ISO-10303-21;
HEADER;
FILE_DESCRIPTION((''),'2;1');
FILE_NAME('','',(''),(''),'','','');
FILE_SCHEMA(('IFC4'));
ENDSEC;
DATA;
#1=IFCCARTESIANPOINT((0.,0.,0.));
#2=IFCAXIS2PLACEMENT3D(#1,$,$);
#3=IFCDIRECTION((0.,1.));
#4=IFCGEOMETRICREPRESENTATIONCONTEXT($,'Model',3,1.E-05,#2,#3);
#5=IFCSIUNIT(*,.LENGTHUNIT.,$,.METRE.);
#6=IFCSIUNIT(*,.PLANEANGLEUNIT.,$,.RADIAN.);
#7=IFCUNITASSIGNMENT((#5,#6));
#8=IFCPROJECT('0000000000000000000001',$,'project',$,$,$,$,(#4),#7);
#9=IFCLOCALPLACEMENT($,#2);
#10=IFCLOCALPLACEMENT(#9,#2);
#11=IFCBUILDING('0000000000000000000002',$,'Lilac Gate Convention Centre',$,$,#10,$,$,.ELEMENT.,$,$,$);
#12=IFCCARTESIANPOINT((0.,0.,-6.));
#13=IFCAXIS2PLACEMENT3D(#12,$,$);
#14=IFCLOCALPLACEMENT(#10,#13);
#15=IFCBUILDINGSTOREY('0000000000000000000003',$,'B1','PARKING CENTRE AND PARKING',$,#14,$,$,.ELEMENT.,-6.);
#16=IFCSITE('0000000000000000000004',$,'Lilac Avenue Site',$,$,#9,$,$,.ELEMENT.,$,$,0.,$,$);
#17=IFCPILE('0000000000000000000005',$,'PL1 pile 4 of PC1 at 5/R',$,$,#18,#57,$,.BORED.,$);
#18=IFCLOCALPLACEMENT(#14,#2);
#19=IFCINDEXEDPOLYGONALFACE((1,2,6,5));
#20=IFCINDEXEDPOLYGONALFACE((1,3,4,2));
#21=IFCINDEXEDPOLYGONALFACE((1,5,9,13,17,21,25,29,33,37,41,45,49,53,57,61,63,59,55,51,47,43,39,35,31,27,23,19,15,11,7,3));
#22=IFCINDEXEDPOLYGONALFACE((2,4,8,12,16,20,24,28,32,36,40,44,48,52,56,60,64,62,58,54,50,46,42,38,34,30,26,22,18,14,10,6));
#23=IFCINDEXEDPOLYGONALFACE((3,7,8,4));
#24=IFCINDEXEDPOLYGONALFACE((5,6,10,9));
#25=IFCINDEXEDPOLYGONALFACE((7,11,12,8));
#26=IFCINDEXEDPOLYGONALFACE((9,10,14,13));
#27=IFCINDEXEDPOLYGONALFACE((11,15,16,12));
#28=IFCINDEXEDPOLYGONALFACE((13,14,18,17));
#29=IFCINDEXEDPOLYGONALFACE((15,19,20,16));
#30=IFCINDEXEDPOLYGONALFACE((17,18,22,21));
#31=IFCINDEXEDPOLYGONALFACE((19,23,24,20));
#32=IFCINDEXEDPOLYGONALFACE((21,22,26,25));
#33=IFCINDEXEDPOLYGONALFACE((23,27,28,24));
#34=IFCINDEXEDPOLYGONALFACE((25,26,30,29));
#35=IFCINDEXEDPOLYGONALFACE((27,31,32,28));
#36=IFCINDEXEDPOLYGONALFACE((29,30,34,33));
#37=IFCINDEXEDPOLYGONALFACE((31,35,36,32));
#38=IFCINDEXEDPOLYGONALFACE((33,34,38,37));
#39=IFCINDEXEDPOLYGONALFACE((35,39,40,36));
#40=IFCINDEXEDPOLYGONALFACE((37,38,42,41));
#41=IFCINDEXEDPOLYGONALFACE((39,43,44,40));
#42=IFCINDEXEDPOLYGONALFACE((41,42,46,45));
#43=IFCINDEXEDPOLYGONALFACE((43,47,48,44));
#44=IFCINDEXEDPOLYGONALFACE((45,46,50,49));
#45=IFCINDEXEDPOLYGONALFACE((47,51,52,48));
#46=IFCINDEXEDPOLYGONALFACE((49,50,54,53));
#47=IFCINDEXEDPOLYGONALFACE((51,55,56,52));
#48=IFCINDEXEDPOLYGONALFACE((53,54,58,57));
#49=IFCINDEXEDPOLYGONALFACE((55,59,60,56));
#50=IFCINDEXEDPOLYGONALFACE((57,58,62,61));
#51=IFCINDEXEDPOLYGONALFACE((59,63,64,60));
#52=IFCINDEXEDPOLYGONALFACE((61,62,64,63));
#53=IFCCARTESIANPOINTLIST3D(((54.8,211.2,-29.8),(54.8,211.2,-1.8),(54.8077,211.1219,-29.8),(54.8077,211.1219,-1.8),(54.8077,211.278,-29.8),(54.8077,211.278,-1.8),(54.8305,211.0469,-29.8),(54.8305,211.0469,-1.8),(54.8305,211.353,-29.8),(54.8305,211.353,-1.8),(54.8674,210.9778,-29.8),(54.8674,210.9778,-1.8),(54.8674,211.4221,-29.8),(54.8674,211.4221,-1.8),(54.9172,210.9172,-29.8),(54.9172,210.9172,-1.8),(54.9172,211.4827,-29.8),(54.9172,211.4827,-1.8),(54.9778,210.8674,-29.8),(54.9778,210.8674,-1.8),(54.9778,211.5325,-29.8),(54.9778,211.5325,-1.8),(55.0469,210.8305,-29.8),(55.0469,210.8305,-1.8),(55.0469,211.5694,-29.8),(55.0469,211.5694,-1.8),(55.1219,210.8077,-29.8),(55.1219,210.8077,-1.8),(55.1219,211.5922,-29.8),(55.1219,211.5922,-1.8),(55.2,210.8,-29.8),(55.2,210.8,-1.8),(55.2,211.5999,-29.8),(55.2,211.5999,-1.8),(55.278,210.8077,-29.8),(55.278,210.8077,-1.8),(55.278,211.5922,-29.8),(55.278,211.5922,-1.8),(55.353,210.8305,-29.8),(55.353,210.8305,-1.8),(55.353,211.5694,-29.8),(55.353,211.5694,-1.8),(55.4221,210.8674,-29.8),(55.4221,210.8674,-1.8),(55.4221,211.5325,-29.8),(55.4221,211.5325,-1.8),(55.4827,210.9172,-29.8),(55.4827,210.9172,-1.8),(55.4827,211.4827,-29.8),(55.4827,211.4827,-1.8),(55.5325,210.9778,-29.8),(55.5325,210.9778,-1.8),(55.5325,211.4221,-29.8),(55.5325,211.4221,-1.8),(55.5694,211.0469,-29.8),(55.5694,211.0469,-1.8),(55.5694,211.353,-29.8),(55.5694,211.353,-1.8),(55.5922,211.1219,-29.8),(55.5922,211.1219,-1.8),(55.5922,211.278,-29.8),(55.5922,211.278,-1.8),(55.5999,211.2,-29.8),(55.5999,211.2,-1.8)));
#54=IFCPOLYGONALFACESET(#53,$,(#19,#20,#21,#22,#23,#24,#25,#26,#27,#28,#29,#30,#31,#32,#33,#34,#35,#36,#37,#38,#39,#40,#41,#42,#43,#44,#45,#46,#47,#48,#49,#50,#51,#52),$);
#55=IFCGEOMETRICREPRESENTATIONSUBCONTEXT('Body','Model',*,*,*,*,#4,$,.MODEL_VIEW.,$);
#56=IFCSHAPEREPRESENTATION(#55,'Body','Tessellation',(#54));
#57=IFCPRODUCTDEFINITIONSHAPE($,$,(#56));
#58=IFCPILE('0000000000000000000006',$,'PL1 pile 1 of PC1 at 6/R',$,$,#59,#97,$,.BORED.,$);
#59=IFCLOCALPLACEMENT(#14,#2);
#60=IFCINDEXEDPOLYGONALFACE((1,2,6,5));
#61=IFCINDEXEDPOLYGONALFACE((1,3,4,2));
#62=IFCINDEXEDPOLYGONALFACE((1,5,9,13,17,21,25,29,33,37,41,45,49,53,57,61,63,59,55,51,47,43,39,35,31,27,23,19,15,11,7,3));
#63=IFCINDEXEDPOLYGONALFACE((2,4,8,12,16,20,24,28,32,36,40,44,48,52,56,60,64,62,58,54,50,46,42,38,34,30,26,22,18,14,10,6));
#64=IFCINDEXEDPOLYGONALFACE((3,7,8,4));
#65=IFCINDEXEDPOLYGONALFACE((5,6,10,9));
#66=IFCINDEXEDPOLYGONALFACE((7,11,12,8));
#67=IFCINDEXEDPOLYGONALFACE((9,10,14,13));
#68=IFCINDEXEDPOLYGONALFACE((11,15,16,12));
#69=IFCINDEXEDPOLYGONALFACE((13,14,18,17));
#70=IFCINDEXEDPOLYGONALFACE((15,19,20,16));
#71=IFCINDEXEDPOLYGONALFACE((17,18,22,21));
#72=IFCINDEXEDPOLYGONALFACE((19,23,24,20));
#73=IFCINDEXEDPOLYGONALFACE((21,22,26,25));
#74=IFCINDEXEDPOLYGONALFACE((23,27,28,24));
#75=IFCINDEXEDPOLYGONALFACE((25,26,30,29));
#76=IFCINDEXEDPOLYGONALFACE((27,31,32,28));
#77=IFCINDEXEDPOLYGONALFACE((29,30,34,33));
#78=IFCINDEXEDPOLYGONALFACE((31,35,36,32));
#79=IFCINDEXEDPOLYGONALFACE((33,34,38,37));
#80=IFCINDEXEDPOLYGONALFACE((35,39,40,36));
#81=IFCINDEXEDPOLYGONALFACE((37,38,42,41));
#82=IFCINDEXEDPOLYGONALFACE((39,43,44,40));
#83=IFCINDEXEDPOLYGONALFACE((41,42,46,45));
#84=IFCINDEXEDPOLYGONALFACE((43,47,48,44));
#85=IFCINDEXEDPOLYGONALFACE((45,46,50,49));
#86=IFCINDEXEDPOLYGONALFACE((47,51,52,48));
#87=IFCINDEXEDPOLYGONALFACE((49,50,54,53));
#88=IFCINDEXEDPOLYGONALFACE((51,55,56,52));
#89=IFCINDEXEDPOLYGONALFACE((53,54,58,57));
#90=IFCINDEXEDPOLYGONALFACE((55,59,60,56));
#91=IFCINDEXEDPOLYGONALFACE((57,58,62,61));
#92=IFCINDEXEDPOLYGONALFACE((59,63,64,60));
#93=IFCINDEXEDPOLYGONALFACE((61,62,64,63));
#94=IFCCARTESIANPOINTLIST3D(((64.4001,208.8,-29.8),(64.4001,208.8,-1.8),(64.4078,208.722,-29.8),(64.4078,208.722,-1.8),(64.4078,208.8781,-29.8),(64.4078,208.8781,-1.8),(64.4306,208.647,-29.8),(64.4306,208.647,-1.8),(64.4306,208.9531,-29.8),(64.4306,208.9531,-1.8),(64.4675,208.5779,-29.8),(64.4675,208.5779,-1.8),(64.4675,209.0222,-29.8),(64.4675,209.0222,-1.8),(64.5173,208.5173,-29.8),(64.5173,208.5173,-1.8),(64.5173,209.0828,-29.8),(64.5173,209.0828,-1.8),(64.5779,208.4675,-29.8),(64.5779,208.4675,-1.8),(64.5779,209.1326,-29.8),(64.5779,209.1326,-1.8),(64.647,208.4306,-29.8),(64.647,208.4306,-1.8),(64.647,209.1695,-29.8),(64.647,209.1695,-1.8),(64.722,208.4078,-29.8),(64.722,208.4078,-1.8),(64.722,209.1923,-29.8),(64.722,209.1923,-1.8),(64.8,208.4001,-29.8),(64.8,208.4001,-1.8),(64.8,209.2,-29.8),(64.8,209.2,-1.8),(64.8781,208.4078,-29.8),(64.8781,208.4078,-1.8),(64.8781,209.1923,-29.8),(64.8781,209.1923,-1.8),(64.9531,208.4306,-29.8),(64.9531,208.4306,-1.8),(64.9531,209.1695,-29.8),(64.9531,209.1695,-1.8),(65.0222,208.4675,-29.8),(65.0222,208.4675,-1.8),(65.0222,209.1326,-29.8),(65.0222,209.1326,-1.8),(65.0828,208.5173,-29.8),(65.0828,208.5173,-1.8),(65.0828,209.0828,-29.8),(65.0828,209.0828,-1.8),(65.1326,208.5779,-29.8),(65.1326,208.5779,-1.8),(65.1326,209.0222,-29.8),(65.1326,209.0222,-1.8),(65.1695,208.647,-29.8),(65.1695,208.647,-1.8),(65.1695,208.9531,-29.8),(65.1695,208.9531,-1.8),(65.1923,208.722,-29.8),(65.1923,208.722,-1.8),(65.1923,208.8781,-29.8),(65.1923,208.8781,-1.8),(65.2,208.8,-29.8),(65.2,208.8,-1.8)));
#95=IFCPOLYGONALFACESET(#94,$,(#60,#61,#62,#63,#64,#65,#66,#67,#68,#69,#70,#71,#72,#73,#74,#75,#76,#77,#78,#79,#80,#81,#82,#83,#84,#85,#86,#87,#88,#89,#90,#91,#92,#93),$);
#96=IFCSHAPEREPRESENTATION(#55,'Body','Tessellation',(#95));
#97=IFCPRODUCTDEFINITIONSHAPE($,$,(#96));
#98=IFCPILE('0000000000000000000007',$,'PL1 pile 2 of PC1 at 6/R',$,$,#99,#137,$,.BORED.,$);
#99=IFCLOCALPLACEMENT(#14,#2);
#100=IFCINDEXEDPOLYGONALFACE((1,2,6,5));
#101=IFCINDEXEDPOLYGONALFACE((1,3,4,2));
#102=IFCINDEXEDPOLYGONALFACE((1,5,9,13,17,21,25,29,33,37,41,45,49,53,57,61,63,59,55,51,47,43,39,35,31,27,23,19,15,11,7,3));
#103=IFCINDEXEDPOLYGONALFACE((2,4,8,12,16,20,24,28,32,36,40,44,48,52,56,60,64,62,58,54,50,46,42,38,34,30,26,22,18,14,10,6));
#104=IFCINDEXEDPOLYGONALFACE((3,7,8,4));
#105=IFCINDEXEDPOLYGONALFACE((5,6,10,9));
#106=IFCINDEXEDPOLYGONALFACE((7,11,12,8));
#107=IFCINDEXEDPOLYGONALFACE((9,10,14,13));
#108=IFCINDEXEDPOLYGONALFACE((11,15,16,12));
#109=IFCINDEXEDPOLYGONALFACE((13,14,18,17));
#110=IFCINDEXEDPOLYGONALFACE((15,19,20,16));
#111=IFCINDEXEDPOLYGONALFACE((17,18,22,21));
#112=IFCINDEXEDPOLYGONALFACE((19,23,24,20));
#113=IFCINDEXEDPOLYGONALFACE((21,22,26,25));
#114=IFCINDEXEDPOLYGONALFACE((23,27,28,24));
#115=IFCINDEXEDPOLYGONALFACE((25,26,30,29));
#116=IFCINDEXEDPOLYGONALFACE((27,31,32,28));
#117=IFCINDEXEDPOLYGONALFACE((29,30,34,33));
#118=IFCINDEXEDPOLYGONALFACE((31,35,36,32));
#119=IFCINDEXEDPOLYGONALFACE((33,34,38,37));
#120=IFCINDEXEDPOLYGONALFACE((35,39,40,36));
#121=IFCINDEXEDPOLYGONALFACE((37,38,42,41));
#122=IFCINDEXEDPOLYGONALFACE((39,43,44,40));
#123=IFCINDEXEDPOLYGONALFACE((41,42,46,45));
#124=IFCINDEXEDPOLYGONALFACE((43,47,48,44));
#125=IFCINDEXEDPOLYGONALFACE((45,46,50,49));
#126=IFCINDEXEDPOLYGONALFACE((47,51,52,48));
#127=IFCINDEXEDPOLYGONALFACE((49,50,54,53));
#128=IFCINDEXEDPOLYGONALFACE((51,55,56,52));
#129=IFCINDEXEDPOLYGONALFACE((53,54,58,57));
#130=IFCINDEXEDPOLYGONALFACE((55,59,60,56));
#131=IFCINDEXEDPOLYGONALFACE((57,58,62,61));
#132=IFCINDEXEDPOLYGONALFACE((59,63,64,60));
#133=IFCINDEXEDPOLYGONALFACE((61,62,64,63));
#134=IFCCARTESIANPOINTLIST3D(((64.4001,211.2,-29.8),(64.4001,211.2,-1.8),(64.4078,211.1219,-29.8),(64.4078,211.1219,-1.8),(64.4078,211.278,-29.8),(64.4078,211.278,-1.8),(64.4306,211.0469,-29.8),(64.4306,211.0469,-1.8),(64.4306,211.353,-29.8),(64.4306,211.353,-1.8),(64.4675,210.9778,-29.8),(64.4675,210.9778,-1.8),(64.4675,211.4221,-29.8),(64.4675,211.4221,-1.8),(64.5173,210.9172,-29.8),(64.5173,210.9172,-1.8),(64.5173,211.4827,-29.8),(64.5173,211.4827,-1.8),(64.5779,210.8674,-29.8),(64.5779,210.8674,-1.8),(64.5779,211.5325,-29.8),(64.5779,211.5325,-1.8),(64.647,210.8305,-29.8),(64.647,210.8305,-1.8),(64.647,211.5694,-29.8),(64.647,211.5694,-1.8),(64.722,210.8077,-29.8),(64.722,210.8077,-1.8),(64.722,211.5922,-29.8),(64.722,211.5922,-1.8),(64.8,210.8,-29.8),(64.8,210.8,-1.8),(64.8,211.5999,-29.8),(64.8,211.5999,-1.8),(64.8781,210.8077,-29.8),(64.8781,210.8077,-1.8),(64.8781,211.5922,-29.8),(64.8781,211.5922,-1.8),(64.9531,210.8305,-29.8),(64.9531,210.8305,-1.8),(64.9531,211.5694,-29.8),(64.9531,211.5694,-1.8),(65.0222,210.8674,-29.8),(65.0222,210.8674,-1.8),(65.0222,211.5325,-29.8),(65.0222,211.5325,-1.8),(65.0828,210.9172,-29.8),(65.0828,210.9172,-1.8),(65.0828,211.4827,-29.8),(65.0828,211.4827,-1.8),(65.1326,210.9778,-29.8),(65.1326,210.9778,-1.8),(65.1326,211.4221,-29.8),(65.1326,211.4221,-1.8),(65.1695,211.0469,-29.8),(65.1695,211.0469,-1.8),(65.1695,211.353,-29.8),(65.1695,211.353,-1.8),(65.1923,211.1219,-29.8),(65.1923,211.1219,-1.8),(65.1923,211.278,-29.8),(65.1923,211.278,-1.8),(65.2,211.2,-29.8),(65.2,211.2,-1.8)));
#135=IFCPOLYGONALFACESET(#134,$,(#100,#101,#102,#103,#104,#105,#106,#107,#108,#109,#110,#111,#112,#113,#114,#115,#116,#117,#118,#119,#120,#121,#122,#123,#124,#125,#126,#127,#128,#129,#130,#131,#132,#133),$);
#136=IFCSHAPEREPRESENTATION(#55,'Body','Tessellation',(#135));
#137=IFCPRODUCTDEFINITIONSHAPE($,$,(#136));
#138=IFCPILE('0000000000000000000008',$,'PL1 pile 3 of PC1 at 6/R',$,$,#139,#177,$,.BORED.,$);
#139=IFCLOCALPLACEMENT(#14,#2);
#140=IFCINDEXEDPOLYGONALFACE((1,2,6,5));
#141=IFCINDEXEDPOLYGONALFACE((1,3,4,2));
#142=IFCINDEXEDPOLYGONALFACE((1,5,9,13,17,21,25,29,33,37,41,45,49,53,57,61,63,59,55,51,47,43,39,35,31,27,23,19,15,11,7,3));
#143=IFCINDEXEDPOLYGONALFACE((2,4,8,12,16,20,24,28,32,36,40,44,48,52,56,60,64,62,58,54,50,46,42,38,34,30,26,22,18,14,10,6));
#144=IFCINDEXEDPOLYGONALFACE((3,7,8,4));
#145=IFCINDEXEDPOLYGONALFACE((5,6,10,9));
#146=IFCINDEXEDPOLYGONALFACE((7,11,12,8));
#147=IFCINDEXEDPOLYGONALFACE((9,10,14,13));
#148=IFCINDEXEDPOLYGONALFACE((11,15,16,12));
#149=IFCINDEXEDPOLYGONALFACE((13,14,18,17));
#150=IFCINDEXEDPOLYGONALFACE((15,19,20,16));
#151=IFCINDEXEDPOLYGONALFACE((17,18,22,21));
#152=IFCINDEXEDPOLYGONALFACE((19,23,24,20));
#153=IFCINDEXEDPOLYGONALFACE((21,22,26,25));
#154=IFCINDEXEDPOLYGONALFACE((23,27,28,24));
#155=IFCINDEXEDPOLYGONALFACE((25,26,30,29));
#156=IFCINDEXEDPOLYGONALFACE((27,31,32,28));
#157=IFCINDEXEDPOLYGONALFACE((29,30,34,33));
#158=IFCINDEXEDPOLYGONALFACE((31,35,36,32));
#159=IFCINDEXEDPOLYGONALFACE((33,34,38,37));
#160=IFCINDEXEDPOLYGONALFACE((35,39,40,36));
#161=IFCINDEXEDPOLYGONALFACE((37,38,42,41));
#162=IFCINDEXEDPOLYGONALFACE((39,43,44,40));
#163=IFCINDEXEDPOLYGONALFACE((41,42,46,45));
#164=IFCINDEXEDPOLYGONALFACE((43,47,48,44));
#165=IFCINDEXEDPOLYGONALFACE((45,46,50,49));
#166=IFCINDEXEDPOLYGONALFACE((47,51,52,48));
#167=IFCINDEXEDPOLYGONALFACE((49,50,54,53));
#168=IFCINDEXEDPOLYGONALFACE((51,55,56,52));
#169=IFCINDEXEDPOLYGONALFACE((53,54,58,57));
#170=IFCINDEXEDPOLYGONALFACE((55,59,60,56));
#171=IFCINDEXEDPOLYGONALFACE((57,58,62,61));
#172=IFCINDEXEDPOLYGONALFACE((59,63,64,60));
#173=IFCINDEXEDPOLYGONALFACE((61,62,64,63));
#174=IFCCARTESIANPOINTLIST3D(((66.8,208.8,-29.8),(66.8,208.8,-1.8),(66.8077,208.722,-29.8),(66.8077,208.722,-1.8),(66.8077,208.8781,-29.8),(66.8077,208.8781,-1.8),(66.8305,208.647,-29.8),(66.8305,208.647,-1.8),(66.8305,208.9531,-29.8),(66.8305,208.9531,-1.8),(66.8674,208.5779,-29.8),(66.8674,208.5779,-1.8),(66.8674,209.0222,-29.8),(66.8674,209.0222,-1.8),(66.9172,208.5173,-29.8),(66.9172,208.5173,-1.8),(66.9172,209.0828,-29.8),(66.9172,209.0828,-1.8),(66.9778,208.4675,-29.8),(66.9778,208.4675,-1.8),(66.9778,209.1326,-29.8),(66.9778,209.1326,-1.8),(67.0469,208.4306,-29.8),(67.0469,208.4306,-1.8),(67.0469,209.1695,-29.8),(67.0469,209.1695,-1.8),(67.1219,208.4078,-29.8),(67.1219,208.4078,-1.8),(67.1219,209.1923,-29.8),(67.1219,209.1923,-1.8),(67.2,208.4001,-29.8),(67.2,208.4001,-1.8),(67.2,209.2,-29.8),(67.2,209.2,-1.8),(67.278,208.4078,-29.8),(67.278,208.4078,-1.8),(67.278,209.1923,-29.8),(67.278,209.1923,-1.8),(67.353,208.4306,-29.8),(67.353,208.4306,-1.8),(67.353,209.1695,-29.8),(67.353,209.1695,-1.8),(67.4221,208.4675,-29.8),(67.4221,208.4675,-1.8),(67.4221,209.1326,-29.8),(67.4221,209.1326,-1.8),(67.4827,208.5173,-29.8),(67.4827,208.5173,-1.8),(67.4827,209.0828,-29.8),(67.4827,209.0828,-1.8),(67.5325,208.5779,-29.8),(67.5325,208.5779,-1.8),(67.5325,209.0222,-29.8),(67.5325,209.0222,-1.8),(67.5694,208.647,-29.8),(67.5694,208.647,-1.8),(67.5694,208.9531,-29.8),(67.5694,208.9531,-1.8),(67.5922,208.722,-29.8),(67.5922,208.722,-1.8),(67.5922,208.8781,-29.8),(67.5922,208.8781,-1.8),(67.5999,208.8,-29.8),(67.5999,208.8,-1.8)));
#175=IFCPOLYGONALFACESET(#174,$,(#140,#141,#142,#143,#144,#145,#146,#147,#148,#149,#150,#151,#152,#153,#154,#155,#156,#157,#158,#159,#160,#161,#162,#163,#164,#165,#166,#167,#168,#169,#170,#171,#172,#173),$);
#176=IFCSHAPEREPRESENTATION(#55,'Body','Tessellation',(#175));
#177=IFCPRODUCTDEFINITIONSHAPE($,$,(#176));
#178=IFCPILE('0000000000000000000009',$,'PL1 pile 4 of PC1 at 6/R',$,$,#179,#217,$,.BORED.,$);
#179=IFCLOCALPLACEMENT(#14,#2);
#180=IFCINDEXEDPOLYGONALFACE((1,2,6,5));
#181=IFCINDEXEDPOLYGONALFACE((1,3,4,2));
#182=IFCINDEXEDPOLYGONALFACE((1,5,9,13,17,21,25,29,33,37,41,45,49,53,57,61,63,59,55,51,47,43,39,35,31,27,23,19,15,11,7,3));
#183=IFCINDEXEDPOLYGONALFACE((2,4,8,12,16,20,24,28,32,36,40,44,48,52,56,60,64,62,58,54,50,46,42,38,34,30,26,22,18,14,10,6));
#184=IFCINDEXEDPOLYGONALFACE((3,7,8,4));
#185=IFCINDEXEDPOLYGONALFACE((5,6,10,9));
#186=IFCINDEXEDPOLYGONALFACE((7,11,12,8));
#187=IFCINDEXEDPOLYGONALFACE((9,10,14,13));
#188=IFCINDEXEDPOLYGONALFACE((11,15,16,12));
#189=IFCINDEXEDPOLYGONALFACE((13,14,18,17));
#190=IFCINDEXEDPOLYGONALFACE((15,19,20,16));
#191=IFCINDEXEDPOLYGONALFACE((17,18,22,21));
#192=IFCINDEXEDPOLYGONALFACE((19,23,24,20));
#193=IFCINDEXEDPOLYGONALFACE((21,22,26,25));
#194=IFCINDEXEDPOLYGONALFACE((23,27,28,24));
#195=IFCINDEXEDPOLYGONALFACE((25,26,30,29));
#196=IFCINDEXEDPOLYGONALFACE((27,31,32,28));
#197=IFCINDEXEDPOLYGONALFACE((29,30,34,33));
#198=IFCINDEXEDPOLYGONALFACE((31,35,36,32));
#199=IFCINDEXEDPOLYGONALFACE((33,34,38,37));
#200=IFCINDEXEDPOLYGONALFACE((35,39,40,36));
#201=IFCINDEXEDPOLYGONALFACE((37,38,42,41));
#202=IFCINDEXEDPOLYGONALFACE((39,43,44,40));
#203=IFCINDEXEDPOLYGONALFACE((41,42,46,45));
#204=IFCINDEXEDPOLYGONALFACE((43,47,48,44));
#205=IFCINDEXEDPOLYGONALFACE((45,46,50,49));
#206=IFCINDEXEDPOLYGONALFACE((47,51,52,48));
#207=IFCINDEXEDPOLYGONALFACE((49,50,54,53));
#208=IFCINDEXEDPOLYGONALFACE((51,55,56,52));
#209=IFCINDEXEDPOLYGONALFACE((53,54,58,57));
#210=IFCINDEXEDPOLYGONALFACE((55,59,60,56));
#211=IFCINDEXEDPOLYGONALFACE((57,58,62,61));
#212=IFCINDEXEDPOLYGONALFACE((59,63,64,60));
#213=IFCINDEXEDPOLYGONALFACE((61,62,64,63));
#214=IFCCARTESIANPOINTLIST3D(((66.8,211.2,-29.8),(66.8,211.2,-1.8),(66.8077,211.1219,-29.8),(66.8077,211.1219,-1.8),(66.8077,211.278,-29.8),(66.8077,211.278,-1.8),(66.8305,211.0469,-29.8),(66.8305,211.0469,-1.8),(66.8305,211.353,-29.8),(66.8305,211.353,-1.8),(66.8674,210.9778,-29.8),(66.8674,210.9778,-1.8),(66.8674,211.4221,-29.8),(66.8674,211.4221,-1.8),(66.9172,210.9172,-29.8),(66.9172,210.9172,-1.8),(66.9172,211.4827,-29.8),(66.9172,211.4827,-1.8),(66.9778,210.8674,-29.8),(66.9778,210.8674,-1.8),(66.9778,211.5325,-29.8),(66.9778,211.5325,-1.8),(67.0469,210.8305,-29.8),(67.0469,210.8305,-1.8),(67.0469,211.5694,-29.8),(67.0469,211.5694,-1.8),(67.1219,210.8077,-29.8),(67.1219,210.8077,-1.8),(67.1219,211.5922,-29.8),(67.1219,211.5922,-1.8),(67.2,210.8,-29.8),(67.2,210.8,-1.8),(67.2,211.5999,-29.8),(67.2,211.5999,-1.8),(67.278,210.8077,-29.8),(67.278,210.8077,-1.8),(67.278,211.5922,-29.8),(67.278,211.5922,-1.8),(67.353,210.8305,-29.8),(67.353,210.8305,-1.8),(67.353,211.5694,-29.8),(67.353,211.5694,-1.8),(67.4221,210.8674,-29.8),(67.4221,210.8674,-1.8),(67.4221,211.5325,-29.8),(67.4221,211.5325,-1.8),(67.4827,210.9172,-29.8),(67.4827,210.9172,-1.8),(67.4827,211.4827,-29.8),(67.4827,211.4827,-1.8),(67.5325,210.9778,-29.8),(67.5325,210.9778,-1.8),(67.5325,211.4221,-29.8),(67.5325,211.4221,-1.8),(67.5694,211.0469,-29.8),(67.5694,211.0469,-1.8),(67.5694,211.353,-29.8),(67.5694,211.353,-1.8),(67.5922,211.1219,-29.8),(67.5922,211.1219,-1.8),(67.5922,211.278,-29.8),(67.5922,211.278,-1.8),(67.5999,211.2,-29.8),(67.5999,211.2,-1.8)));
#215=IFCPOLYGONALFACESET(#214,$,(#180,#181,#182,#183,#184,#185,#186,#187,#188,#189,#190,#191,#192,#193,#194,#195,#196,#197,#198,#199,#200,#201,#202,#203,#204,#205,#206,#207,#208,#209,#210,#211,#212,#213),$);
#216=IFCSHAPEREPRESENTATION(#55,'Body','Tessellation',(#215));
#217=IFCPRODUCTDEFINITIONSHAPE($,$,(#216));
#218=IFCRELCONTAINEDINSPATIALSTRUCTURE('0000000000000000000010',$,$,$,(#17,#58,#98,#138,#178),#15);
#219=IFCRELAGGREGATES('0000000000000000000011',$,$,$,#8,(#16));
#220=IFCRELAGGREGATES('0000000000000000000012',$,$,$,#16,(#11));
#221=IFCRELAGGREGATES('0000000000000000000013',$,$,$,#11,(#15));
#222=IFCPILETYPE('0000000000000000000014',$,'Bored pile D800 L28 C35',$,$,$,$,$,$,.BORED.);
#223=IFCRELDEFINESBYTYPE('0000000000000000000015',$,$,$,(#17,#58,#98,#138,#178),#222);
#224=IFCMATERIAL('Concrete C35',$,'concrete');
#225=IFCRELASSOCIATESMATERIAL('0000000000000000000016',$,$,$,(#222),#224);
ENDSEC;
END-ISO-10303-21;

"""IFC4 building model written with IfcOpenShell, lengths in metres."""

from ifc_helpers import new_model, si_unit, direction, frame, origin, origin_2d, place, context, subcontext, project, spatial, circle, extrude, material, material_profile, profile_set, type_object, element, save


model = new_model("IFC4")

# Units and contexts
model_context = context("Model", 3, precision=1e-05, world=origin(), true_north=direction((0.0, 1.0)))
body_context = subcontext(model_context, "Body", "Model", "MODEL_VIEW")
ifc_project = project(units=[si_unit("LENGTHUNIT", "METRE"), si_unit("PLANEANGLEUNIT", "RADIAN")], contexts=[model_context])

# Site, building, storey
site_placement = place(None, origin())
site = spatial("IfcSite", under=ifc_project, at=site_placement, Name="Lilac Avenue Site", CompositionType="ELEMENT", RefElevation=0.0)
building_placement = place(site_placement, origin())
building = spatial("IfcBuilding", under=site, at=building_placement, Name="Lilac Gate Convention Centre", CompositionType="ELEMENT")
storey_placement = place(building_placement, frame((0.0, 0.0, -6.0)))
storey = spatial("IfcBuildingStorey", under=building, at=storey_placement, Name="B1", Description="PARKING CENTRE AND PARKING", CompositionType="ELEMENT", Elevation=-6.0)

# Piles
ifc_material_1 = material(Name="Concrete C35", Category="concrete")
ifc_material_profile_1 = material_profile(ifc_material_1, circle(Radius=0.3999, at=origin_2d()), Name="D800")
ifc_profile_set_1 = profile_set([ifc_material_profile_1], Name="Concrete C35")
pile_type = type_object("IfcPileType", Name="Bored pile D800 L28 C35", PredefinedType="BORED", material=ifc_profile_set_1)
for number, where, z_axis, x_axis, name in (
    (1, (55.2, 211.2, -1.8), (0.0, 0.0, -1.0), (1.0, 0.0, 0.0), "PL1 pile 4 of PC1 at 5/R"),
    (2, (64.8, 208.8, -1.8), (0.0, 0.0, -1.0), (1.0, 0.0, 0.0), "PL1 pile 1 of PC1 at 6/R"),
    (3, (64.8, 211.2, -1.8), (0.0, 0.0, -1.0), (1.0, 0.0, 0.0), "PL1 pile 2 of PC1 at 6/R"),
    (4, (67.2, 208.8, -1.8), (0.0, 0.0, -1.0), (1.0, 0.0, 0.0), "PL1 pile 3 of PC1 at 6/R"),
    (5, (67.2, 211.2, -1.8), (0.0, 0.0, -1.0), (1.0, 0.0, 0.0), "PL1 pile 4 of PC1 at 6/R"),
):
    element("IfcPile", number, at=place(storey_placement, frame(where, z_axis=z_axis, x_axis=x_axis)), inside=storey, type_object=pile_type, Name=name, PredefinedType="BORED", context=body_context, shape_type="SweptSolid", body=[
        extrude(circle(Radius=0.3999, at=origin_2d()), origin(), (0.0, 0.0, 1.0), 28.0),
    ])

save(model, "model.ifc")
